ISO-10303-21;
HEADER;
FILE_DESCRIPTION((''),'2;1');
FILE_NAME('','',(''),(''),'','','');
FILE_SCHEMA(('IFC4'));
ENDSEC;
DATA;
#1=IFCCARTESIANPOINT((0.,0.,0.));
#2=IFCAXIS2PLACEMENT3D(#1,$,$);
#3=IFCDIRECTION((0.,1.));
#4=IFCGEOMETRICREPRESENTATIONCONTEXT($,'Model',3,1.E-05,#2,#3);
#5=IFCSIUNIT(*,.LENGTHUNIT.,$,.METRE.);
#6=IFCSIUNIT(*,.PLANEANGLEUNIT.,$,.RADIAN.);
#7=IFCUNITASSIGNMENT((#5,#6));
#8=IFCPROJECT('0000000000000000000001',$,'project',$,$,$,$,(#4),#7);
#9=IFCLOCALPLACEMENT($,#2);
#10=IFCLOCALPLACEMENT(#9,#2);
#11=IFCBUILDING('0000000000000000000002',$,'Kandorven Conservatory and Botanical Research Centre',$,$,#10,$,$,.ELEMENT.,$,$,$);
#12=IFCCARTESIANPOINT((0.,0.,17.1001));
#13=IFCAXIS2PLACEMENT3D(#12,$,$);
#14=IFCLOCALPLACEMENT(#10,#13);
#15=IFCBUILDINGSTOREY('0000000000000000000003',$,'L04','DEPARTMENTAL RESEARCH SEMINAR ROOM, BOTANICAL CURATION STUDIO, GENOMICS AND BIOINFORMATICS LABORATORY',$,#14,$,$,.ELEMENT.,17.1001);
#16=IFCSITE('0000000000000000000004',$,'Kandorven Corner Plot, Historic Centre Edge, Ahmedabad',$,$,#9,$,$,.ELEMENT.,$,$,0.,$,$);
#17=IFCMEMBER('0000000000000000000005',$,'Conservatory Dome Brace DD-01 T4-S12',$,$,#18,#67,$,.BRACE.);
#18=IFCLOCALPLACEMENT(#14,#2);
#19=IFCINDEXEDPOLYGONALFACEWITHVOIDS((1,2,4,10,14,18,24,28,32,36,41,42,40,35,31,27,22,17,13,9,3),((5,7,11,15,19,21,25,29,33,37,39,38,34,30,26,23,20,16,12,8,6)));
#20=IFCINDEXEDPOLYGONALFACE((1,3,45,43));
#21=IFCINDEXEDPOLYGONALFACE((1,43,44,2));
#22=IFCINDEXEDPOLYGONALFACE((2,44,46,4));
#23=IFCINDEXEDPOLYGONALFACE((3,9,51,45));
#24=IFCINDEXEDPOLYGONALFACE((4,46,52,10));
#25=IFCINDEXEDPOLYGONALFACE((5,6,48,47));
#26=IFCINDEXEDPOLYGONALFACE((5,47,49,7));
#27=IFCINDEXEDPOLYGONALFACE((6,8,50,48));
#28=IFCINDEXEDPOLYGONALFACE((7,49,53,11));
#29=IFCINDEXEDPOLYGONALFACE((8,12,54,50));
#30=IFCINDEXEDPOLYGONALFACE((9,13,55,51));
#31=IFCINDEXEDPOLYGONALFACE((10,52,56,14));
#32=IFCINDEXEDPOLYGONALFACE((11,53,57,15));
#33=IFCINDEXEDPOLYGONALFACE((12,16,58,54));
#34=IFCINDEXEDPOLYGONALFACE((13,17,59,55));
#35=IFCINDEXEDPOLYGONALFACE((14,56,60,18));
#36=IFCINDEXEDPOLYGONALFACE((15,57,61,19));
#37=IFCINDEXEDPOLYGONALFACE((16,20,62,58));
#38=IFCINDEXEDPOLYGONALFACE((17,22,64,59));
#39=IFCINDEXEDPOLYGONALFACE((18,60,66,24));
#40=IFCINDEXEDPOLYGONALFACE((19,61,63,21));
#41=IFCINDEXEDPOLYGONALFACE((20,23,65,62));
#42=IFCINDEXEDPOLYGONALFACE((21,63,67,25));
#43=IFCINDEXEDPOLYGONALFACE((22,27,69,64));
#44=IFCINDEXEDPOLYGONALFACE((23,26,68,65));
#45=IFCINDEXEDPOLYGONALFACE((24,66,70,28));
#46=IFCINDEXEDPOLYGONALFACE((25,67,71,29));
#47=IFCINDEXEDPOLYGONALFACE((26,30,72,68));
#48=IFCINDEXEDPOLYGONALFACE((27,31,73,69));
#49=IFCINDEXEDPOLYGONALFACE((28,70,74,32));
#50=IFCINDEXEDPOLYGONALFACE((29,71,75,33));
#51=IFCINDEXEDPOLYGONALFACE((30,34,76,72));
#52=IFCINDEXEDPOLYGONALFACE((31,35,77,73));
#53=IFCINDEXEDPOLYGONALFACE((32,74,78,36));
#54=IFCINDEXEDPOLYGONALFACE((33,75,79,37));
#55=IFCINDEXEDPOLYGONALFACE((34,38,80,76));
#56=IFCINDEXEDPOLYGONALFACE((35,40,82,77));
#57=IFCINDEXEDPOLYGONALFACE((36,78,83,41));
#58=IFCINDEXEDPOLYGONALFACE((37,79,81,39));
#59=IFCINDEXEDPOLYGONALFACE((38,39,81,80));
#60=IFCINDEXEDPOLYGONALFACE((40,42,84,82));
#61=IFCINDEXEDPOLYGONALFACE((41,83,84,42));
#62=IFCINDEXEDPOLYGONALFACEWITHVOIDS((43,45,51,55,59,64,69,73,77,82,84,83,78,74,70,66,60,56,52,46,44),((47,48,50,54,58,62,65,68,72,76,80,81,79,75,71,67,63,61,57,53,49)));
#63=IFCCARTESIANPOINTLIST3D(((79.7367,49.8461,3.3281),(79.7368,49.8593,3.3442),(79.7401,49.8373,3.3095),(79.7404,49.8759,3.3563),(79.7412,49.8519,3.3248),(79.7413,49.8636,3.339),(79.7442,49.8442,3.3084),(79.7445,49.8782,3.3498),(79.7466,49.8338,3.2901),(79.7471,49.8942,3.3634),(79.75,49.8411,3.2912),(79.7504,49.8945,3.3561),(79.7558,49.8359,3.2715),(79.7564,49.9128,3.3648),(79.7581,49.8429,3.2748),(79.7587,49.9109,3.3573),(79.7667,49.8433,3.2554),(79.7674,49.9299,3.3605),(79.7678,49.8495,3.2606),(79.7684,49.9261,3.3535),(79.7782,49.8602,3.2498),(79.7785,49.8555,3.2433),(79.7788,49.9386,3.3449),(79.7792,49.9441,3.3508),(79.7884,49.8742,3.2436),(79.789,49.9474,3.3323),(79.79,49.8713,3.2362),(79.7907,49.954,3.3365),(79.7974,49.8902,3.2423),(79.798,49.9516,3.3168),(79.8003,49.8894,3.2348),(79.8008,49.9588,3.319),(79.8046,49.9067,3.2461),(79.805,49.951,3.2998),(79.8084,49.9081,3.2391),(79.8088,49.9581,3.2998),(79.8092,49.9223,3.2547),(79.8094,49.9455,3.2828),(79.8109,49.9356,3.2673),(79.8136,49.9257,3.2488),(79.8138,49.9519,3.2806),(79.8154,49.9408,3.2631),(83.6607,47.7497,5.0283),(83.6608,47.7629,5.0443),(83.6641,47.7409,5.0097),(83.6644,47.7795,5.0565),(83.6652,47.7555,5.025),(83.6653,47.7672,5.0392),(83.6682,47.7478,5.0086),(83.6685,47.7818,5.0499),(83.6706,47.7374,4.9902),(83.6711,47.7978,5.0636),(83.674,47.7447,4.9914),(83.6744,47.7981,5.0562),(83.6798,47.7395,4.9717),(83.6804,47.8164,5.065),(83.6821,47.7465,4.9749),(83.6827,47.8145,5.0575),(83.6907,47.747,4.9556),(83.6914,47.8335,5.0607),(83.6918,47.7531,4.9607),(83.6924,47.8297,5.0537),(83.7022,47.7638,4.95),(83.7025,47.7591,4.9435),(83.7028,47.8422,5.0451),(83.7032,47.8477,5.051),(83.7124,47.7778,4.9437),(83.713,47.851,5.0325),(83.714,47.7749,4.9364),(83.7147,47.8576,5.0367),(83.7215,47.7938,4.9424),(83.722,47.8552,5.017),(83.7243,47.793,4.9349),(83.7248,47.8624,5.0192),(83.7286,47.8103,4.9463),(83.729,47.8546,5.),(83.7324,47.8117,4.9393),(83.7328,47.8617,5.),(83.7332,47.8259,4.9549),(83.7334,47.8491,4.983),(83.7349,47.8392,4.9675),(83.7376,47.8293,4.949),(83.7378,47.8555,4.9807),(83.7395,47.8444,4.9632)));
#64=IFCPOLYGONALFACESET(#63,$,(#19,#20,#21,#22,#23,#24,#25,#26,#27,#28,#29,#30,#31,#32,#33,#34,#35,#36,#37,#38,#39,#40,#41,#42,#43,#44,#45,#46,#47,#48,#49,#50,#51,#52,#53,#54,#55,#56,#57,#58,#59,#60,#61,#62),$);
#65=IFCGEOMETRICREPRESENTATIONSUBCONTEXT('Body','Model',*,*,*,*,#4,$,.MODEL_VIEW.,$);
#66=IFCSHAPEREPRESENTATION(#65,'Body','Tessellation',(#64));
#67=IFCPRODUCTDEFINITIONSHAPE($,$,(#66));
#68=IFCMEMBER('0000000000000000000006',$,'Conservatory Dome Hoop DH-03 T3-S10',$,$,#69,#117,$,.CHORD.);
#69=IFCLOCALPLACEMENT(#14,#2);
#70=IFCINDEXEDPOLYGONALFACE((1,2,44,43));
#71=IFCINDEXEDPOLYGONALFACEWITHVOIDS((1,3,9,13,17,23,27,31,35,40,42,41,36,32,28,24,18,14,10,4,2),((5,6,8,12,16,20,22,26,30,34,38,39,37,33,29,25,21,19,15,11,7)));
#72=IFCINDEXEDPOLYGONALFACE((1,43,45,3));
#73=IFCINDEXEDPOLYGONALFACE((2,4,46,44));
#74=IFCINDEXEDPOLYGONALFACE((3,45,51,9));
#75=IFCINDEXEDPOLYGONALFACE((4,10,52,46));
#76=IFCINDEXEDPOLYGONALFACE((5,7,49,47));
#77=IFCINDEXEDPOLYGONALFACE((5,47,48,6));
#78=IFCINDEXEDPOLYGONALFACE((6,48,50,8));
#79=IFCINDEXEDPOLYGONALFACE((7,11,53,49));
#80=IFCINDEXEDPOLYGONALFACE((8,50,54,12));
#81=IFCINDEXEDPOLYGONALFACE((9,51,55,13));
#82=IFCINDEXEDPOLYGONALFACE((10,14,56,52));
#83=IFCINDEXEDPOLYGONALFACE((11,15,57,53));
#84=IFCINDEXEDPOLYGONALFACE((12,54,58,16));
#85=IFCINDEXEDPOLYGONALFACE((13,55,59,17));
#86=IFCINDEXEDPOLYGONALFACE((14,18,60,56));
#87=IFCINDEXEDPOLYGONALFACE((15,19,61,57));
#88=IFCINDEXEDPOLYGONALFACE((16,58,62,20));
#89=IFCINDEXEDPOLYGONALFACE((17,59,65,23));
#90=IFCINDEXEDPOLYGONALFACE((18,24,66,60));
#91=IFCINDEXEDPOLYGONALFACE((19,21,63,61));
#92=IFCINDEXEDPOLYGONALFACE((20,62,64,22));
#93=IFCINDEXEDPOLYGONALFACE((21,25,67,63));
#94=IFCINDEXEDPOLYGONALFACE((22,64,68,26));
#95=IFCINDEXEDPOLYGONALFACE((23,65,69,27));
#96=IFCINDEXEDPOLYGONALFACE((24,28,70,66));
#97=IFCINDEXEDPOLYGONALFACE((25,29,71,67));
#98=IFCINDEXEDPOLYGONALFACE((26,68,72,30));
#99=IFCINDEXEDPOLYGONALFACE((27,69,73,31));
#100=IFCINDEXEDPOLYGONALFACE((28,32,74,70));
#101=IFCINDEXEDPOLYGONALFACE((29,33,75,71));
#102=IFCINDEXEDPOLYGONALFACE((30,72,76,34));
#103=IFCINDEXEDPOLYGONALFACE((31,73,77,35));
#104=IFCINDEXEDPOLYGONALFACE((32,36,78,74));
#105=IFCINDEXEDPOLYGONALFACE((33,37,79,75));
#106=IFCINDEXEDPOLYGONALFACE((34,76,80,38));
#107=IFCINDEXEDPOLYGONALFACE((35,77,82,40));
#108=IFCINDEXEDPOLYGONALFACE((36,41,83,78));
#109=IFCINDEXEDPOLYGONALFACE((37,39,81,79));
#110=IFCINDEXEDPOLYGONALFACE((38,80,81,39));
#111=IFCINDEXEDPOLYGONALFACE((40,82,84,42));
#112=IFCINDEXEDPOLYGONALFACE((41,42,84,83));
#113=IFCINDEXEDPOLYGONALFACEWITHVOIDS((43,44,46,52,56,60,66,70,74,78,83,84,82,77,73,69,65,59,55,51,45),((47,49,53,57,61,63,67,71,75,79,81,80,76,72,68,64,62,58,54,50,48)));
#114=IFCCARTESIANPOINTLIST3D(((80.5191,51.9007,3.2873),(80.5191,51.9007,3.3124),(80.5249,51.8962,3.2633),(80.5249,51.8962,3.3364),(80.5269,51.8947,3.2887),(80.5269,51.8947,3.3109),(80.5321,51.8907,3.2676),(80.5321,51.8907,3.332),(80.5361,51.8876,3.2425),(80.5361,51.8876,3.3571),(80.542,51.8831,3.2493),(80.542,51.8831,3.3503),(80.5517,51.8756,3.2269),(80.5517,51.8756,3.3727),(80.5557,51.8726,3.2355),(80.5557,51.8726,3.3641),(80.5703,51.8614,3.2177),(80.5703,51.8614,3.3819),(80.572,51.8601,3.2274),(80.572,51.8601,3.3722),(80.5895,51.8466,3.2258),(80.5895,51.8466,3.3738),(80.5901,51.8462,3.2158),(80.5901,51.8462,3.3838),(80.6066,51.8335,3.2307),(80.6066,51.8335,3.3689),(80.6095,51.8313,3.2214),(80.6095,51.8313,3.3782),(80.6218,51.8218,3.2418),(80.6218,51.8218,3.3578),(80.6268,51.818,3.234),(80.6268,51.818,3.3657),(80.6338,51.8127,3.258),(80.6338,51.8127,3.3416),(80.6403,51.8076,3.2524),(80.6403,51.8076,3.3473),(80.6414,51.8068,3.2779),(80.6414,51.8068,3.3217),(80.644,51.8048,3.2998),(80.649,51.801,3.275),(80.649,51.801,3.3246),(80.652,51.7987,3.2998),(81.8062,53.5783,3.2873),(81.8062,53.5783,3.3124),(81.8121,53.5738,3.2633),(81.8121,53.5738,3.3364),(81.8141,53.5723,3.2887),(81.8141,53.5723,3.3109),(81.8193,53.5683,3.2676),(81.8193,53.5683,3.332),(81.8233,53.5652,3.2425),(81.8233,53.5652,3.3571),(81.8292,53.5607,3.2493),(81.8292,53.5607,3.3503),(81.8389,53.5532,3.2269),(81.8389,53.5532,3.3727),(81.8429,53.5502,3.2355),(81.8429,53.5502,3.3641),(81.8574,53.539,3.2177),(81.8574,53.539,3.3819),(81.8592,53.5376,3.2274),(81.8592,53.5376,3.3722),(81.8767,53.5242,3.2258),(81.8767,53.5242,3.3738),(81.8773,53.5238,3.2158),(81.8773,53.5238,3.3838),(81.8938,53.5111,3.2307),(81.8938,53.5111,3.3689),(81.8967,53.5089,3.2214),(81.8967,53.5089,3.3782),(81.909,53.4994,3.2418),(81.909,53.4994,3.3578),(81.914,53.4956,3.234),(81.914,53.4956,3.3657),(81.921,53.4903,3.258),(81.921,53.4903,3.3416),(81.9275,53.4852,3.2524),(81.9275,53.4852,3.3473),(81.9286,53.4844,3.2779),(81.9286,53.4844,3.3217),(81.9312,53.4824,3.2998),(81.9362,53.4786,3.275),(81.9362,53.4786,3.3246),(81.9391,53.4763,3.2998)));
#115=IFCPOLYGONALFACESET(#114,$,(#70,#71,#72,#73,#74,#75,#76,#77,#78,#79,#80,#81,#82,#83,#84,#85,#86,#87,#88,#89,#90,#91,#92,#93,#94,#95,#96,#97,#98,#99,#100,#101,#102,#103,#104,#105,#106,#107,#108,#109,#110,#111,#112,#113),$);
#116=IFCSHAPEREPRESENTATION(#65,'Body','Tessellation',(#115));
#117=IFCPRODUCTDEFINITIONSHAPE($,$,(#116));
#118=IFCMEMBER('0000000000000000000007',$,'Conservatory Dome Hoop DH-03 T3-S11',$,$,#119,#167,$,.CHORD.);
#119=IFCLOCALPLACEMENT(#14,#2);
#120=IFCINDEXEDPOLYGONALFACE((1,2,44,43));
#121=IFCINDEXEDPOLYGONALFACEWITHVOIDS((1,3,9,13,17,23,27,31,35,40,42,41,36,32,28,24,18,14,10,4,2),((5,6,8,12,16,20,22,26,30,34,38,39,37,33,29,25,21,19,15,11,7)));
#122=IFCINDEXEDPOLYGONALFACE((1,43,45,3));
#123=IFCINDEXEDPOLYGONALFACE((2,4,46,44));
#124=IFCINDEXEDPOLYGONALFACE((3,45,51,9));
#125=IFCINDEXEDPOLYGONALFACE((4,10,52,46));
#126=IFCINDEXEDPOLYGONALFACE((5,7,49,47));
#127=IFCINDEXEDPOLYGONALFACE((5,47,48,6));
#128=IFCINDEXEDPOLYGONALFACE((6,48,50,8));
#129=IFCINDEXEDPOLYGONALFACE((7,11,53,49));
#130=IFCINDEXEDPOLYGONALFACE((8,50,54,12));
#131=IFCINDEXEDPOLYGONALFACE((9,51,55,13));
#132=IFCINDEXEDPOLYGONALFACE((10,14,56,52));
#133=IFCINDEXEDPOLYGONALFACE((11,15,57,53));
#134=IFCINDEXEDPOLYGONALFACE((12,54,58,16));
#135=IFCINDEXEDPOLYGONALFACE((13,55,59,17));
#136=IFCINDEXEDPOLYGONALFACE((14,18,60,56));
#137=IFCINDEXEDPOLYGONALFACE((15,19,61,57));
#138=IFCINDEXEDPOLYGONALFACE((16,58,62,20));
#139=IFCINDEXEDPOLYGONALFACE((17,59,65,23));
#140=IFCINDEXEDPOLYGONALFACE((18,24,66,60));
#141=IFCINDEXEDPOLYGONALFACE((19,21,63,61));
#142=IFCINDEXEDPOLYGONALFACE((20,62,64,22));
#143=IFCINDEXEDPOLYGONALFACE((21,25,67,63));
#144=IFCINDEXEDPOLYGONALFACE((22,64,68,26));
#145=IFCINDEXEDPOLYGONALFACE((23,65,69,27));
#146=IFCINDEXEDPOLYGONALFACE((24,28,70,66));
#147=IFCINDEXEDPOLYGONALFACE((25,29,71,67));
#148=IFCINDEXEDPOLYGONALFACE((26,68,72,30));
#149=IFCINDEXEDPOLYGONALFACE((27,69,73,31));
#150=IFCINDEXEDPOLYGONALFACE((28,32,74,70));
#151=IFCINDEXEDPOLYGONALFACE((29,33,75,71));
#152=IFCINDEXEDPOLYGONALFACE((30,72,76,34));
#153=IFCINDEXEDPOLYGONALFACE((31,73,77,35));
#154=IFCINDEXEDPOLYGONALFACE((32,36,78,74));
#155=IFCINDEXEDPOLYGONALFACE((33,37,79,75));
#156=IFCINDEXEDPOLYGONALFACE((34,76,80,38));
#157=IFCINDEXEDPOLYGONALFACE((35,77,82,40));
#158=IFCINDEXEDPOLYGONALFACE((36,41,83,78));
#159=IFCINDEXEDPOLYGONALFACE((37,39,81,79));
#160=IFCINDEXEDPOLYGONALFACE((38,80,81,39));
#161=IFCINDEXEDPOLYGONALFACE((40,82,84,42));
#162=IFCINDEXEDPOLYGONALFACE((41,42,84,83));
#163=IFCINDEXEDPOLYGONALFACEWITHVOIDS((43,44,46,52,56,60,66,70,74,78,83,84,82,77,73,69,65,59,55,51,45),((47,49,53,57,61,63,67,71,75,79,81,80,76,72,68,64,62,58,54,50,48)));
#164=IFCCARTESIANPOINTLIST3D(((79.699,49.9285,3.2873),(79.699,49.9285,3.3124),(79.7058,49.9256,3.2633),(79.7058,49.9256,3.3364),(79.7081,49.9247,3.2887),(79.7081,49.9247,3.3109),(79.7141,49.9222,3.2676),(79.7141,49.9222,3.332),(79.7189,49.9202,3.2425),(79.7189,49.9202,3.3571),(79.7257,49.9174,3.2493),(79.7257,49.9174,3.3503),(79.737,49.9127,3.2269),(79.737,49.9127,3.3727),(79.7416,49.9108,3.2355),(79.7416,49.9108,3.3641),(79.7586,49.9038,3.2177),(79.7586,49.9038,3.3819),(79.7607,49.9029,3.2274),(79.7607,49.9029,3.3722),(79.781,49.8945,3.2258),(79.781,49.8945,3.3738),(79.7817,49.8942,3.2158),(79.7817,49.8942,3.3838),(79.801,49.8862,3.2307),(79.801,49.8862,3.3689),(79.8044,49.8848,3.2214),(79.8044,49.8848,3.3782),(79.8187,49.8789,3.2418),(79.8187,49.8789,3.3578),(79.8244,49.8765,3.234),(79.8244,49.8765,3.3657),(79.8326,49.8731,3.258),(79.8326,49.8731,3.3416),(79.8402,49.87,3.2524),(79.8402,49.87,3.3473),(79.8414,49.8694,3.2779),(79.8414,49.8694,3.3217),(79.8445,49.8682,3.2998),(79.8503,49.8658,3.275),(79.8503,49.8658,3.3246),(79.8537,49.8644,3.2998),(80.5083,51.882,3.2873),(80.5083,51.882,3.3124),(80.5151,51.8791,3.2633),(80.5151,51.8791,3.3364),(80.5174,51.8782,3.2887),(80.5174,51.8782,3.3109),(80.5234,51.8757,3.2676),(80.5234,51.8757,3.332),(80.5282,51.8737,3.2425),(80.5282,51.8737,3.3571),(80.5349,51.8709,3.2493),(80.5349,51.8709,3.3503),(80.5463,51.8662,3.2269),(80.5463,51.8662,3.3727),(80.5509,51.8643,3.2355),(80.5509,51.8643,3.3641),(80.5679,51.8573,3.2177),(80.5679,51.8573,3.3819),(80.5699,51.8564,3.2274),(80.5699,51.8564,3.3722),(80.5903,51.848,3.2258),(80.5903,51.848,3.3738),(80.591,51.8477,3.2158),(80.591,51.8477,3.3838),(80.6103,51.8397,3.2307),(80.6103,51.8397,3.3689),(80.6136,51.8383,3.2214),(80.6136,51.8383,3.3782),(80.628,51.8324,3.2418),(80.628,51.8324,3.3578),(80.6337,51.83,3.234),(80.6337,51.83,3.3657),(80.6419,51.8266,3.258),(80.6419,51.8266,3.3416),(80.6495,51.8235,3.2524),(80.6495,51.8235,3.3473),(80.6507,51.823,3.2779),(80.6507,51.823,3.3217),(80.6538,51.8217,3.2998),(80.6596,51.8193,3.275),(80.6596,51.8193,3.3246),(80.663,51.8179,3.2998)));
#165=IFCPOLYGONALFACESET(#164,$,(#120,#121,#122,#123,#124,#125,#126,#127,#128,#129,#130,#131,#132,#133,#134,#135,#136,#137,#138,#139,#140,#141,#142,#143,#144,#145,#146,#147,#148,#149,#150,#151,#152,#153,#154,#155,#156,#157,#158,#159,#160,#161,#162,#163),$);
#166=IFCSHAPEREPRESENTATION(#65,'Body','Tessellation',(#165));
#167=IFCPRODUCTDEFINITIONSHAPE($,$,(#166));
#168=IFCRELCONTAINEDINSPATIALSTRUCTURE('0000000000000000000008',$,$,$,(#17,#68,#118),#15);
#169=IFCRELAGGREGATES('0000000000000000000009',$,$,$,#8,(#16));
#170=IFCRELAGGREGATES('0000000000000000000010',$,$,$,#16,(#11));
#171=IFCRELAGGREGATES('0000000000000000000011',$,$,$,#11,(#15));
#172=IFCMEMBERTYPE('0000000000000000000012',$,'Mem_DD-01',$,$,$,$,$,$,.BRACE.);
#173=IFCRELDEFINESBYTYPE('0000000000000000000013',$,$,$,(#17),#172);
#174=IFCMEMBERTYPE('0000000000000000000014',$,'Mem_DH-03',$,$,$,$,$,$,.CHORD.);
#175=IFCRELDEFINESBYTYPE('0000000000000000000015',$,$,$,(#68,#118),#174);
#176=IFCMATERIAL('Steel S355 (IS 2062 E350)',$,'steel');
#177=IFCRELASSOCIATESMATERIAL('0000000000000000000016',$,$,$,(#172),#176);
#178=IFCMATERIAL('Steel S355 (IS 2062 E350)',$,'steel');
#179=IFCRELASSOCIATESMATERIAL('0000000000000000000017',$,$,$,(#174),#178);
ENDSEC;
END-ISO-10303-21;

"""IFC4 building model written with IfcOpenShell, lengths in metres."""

from ifc_helpers import new_model, si_unit, direction, frame, origin, origin_2d, place, context, subcontext, project, spatial, hollow_circle, extrude, material, material_profile, profile_set, type_object, element, save


model = new_model("IFC4")

# Units and contexts
model_context = context("Model", 3, precision=1e-05, world=origin(), true_north=direction((0.0, 1.0)))
body_context = subcontext(model_context, "Body", "Model", "MODEL_VIEW")
ifc_project = project(units=[si_unit("LENGTHUNIT", "METRE"), si_unit("PLANEANGLEUNIT", "RADIAN")], contexts=[model_context])

# Site, building, storey
site_placement = place(None, origin())
site = spatial("IfcSite", under=ifc_project, at=site_placement, Name="Kandorven Corner Plot, Historic Centre Edge, Ahmedabad", CompositionType="ELEMENT", RefElevation=0.0)
building_placement = place(site_placement, origin())
building = spatial("IfcBuilding", under=site, at=building_placement, Name="Kandorven Conservatory and Botanical Research Centre", CompositionType="ELEMENT")
storey_placement = place(building_placement, frame((0.0, 0.0, 17.1001)))
storey = spatial("IfcBuildingStorey", under=building, at=storey_placement, Name="L04", Description="DEPARTMENTAL RESEARCH SEMINAR ROOM, BOTANICAL CURATION STUDIO, GENOMICS AND BIOINFORMATICS LABORATORY", CompositionType="ELEMENT", Elevation=17.1001)

# Members
ifc_material_1 = material(Name="Steel S355 (IS 2062 E350)", Category="steel")
ifc_material_profile_1 = material_profile(ifc_material_1, hollow_circle(Radius=0.0698, WallThickness=0.0081, at=origin_2d()))
ifc_profile_set_1 = profile_set([ifc_material_profile_1], Name="Steel S355 (IS 2062 E350)")
member_type_1 = type_object("IfcMemberType", Name="Mem_DD-01", PredefinedType="BRACE", material=ifc_profile_set_1)
member_1_placement = place(storey_placement, frame((79.7759, 49.8965, 3.2998), z_axis=(0.823904, -0.440171, 0.356976), x_axis=(0.471218, 0.882017, 0.0)))
element("IfcMember", 1, at=member_1_placement, inside=storey, type_object=member_type_1, Name="Conservatory Dome Brace DD-01 T4-S12", PredefinedType="BRACE", context=body_context, shape_type="SweptSolid", body=[
    extrude(hollow_circle(Radius=0.0698, WallThickness=0.0081, at=origin_2d()), origin(), (0.0, 0.0, 1.0), 4.7627),
])
ifc_material_2 = material(Name="Steel S355 (IS 2062 E350)", Category="steel")
ifc_material_profile_2 = material_profile(ifc_material_2, hollow_circle(Radius=0.0842, WallThickness=0.01, at=origin_2d()))
ifc_profile_set_2 = profile_set([ifc_material_profile_2], Name="Steel S355 (IS 2062 E350)")
member_type_2 = type_object("IfcMemberType", Name="Mem_DH-03", PredefinedType="CHORD", material=ifc_profile_set_2)
for number, where, z_axis, x_axis, name in (
    (2, (81.8723, 53.5276, 3.2998), (-0.608739, -0.79337, 0.0), (0.79337, -0.608739, 0.0), "Conservatory Dome Hoop DH-03 T3-S10"),
    (3, (80.5852, 51.8501, 3.2998), (-0.382729, -0.923861, 0.0), (0.923861, -0.382729, 0.0), "Conservatory Dome Hoop DH-03 T3-S11"),
):
    element("IfcMember", number, at=place(storey_placement, frame(where, z_axis=z_axis, x_axis=x_axis)), inside=storey, type_object=member_type_2, Name=name, PredefinedType="CHORD", context=body_context, shape_type="SweptSolid", body=[
        extrude(hollow_circle(Radius=0.0842, WallThickness=0.01, at=origin_2d()), origin(), (0.0, 0.0, 1.0), 2.1145),
    ])

save(model, "model.ifc")
